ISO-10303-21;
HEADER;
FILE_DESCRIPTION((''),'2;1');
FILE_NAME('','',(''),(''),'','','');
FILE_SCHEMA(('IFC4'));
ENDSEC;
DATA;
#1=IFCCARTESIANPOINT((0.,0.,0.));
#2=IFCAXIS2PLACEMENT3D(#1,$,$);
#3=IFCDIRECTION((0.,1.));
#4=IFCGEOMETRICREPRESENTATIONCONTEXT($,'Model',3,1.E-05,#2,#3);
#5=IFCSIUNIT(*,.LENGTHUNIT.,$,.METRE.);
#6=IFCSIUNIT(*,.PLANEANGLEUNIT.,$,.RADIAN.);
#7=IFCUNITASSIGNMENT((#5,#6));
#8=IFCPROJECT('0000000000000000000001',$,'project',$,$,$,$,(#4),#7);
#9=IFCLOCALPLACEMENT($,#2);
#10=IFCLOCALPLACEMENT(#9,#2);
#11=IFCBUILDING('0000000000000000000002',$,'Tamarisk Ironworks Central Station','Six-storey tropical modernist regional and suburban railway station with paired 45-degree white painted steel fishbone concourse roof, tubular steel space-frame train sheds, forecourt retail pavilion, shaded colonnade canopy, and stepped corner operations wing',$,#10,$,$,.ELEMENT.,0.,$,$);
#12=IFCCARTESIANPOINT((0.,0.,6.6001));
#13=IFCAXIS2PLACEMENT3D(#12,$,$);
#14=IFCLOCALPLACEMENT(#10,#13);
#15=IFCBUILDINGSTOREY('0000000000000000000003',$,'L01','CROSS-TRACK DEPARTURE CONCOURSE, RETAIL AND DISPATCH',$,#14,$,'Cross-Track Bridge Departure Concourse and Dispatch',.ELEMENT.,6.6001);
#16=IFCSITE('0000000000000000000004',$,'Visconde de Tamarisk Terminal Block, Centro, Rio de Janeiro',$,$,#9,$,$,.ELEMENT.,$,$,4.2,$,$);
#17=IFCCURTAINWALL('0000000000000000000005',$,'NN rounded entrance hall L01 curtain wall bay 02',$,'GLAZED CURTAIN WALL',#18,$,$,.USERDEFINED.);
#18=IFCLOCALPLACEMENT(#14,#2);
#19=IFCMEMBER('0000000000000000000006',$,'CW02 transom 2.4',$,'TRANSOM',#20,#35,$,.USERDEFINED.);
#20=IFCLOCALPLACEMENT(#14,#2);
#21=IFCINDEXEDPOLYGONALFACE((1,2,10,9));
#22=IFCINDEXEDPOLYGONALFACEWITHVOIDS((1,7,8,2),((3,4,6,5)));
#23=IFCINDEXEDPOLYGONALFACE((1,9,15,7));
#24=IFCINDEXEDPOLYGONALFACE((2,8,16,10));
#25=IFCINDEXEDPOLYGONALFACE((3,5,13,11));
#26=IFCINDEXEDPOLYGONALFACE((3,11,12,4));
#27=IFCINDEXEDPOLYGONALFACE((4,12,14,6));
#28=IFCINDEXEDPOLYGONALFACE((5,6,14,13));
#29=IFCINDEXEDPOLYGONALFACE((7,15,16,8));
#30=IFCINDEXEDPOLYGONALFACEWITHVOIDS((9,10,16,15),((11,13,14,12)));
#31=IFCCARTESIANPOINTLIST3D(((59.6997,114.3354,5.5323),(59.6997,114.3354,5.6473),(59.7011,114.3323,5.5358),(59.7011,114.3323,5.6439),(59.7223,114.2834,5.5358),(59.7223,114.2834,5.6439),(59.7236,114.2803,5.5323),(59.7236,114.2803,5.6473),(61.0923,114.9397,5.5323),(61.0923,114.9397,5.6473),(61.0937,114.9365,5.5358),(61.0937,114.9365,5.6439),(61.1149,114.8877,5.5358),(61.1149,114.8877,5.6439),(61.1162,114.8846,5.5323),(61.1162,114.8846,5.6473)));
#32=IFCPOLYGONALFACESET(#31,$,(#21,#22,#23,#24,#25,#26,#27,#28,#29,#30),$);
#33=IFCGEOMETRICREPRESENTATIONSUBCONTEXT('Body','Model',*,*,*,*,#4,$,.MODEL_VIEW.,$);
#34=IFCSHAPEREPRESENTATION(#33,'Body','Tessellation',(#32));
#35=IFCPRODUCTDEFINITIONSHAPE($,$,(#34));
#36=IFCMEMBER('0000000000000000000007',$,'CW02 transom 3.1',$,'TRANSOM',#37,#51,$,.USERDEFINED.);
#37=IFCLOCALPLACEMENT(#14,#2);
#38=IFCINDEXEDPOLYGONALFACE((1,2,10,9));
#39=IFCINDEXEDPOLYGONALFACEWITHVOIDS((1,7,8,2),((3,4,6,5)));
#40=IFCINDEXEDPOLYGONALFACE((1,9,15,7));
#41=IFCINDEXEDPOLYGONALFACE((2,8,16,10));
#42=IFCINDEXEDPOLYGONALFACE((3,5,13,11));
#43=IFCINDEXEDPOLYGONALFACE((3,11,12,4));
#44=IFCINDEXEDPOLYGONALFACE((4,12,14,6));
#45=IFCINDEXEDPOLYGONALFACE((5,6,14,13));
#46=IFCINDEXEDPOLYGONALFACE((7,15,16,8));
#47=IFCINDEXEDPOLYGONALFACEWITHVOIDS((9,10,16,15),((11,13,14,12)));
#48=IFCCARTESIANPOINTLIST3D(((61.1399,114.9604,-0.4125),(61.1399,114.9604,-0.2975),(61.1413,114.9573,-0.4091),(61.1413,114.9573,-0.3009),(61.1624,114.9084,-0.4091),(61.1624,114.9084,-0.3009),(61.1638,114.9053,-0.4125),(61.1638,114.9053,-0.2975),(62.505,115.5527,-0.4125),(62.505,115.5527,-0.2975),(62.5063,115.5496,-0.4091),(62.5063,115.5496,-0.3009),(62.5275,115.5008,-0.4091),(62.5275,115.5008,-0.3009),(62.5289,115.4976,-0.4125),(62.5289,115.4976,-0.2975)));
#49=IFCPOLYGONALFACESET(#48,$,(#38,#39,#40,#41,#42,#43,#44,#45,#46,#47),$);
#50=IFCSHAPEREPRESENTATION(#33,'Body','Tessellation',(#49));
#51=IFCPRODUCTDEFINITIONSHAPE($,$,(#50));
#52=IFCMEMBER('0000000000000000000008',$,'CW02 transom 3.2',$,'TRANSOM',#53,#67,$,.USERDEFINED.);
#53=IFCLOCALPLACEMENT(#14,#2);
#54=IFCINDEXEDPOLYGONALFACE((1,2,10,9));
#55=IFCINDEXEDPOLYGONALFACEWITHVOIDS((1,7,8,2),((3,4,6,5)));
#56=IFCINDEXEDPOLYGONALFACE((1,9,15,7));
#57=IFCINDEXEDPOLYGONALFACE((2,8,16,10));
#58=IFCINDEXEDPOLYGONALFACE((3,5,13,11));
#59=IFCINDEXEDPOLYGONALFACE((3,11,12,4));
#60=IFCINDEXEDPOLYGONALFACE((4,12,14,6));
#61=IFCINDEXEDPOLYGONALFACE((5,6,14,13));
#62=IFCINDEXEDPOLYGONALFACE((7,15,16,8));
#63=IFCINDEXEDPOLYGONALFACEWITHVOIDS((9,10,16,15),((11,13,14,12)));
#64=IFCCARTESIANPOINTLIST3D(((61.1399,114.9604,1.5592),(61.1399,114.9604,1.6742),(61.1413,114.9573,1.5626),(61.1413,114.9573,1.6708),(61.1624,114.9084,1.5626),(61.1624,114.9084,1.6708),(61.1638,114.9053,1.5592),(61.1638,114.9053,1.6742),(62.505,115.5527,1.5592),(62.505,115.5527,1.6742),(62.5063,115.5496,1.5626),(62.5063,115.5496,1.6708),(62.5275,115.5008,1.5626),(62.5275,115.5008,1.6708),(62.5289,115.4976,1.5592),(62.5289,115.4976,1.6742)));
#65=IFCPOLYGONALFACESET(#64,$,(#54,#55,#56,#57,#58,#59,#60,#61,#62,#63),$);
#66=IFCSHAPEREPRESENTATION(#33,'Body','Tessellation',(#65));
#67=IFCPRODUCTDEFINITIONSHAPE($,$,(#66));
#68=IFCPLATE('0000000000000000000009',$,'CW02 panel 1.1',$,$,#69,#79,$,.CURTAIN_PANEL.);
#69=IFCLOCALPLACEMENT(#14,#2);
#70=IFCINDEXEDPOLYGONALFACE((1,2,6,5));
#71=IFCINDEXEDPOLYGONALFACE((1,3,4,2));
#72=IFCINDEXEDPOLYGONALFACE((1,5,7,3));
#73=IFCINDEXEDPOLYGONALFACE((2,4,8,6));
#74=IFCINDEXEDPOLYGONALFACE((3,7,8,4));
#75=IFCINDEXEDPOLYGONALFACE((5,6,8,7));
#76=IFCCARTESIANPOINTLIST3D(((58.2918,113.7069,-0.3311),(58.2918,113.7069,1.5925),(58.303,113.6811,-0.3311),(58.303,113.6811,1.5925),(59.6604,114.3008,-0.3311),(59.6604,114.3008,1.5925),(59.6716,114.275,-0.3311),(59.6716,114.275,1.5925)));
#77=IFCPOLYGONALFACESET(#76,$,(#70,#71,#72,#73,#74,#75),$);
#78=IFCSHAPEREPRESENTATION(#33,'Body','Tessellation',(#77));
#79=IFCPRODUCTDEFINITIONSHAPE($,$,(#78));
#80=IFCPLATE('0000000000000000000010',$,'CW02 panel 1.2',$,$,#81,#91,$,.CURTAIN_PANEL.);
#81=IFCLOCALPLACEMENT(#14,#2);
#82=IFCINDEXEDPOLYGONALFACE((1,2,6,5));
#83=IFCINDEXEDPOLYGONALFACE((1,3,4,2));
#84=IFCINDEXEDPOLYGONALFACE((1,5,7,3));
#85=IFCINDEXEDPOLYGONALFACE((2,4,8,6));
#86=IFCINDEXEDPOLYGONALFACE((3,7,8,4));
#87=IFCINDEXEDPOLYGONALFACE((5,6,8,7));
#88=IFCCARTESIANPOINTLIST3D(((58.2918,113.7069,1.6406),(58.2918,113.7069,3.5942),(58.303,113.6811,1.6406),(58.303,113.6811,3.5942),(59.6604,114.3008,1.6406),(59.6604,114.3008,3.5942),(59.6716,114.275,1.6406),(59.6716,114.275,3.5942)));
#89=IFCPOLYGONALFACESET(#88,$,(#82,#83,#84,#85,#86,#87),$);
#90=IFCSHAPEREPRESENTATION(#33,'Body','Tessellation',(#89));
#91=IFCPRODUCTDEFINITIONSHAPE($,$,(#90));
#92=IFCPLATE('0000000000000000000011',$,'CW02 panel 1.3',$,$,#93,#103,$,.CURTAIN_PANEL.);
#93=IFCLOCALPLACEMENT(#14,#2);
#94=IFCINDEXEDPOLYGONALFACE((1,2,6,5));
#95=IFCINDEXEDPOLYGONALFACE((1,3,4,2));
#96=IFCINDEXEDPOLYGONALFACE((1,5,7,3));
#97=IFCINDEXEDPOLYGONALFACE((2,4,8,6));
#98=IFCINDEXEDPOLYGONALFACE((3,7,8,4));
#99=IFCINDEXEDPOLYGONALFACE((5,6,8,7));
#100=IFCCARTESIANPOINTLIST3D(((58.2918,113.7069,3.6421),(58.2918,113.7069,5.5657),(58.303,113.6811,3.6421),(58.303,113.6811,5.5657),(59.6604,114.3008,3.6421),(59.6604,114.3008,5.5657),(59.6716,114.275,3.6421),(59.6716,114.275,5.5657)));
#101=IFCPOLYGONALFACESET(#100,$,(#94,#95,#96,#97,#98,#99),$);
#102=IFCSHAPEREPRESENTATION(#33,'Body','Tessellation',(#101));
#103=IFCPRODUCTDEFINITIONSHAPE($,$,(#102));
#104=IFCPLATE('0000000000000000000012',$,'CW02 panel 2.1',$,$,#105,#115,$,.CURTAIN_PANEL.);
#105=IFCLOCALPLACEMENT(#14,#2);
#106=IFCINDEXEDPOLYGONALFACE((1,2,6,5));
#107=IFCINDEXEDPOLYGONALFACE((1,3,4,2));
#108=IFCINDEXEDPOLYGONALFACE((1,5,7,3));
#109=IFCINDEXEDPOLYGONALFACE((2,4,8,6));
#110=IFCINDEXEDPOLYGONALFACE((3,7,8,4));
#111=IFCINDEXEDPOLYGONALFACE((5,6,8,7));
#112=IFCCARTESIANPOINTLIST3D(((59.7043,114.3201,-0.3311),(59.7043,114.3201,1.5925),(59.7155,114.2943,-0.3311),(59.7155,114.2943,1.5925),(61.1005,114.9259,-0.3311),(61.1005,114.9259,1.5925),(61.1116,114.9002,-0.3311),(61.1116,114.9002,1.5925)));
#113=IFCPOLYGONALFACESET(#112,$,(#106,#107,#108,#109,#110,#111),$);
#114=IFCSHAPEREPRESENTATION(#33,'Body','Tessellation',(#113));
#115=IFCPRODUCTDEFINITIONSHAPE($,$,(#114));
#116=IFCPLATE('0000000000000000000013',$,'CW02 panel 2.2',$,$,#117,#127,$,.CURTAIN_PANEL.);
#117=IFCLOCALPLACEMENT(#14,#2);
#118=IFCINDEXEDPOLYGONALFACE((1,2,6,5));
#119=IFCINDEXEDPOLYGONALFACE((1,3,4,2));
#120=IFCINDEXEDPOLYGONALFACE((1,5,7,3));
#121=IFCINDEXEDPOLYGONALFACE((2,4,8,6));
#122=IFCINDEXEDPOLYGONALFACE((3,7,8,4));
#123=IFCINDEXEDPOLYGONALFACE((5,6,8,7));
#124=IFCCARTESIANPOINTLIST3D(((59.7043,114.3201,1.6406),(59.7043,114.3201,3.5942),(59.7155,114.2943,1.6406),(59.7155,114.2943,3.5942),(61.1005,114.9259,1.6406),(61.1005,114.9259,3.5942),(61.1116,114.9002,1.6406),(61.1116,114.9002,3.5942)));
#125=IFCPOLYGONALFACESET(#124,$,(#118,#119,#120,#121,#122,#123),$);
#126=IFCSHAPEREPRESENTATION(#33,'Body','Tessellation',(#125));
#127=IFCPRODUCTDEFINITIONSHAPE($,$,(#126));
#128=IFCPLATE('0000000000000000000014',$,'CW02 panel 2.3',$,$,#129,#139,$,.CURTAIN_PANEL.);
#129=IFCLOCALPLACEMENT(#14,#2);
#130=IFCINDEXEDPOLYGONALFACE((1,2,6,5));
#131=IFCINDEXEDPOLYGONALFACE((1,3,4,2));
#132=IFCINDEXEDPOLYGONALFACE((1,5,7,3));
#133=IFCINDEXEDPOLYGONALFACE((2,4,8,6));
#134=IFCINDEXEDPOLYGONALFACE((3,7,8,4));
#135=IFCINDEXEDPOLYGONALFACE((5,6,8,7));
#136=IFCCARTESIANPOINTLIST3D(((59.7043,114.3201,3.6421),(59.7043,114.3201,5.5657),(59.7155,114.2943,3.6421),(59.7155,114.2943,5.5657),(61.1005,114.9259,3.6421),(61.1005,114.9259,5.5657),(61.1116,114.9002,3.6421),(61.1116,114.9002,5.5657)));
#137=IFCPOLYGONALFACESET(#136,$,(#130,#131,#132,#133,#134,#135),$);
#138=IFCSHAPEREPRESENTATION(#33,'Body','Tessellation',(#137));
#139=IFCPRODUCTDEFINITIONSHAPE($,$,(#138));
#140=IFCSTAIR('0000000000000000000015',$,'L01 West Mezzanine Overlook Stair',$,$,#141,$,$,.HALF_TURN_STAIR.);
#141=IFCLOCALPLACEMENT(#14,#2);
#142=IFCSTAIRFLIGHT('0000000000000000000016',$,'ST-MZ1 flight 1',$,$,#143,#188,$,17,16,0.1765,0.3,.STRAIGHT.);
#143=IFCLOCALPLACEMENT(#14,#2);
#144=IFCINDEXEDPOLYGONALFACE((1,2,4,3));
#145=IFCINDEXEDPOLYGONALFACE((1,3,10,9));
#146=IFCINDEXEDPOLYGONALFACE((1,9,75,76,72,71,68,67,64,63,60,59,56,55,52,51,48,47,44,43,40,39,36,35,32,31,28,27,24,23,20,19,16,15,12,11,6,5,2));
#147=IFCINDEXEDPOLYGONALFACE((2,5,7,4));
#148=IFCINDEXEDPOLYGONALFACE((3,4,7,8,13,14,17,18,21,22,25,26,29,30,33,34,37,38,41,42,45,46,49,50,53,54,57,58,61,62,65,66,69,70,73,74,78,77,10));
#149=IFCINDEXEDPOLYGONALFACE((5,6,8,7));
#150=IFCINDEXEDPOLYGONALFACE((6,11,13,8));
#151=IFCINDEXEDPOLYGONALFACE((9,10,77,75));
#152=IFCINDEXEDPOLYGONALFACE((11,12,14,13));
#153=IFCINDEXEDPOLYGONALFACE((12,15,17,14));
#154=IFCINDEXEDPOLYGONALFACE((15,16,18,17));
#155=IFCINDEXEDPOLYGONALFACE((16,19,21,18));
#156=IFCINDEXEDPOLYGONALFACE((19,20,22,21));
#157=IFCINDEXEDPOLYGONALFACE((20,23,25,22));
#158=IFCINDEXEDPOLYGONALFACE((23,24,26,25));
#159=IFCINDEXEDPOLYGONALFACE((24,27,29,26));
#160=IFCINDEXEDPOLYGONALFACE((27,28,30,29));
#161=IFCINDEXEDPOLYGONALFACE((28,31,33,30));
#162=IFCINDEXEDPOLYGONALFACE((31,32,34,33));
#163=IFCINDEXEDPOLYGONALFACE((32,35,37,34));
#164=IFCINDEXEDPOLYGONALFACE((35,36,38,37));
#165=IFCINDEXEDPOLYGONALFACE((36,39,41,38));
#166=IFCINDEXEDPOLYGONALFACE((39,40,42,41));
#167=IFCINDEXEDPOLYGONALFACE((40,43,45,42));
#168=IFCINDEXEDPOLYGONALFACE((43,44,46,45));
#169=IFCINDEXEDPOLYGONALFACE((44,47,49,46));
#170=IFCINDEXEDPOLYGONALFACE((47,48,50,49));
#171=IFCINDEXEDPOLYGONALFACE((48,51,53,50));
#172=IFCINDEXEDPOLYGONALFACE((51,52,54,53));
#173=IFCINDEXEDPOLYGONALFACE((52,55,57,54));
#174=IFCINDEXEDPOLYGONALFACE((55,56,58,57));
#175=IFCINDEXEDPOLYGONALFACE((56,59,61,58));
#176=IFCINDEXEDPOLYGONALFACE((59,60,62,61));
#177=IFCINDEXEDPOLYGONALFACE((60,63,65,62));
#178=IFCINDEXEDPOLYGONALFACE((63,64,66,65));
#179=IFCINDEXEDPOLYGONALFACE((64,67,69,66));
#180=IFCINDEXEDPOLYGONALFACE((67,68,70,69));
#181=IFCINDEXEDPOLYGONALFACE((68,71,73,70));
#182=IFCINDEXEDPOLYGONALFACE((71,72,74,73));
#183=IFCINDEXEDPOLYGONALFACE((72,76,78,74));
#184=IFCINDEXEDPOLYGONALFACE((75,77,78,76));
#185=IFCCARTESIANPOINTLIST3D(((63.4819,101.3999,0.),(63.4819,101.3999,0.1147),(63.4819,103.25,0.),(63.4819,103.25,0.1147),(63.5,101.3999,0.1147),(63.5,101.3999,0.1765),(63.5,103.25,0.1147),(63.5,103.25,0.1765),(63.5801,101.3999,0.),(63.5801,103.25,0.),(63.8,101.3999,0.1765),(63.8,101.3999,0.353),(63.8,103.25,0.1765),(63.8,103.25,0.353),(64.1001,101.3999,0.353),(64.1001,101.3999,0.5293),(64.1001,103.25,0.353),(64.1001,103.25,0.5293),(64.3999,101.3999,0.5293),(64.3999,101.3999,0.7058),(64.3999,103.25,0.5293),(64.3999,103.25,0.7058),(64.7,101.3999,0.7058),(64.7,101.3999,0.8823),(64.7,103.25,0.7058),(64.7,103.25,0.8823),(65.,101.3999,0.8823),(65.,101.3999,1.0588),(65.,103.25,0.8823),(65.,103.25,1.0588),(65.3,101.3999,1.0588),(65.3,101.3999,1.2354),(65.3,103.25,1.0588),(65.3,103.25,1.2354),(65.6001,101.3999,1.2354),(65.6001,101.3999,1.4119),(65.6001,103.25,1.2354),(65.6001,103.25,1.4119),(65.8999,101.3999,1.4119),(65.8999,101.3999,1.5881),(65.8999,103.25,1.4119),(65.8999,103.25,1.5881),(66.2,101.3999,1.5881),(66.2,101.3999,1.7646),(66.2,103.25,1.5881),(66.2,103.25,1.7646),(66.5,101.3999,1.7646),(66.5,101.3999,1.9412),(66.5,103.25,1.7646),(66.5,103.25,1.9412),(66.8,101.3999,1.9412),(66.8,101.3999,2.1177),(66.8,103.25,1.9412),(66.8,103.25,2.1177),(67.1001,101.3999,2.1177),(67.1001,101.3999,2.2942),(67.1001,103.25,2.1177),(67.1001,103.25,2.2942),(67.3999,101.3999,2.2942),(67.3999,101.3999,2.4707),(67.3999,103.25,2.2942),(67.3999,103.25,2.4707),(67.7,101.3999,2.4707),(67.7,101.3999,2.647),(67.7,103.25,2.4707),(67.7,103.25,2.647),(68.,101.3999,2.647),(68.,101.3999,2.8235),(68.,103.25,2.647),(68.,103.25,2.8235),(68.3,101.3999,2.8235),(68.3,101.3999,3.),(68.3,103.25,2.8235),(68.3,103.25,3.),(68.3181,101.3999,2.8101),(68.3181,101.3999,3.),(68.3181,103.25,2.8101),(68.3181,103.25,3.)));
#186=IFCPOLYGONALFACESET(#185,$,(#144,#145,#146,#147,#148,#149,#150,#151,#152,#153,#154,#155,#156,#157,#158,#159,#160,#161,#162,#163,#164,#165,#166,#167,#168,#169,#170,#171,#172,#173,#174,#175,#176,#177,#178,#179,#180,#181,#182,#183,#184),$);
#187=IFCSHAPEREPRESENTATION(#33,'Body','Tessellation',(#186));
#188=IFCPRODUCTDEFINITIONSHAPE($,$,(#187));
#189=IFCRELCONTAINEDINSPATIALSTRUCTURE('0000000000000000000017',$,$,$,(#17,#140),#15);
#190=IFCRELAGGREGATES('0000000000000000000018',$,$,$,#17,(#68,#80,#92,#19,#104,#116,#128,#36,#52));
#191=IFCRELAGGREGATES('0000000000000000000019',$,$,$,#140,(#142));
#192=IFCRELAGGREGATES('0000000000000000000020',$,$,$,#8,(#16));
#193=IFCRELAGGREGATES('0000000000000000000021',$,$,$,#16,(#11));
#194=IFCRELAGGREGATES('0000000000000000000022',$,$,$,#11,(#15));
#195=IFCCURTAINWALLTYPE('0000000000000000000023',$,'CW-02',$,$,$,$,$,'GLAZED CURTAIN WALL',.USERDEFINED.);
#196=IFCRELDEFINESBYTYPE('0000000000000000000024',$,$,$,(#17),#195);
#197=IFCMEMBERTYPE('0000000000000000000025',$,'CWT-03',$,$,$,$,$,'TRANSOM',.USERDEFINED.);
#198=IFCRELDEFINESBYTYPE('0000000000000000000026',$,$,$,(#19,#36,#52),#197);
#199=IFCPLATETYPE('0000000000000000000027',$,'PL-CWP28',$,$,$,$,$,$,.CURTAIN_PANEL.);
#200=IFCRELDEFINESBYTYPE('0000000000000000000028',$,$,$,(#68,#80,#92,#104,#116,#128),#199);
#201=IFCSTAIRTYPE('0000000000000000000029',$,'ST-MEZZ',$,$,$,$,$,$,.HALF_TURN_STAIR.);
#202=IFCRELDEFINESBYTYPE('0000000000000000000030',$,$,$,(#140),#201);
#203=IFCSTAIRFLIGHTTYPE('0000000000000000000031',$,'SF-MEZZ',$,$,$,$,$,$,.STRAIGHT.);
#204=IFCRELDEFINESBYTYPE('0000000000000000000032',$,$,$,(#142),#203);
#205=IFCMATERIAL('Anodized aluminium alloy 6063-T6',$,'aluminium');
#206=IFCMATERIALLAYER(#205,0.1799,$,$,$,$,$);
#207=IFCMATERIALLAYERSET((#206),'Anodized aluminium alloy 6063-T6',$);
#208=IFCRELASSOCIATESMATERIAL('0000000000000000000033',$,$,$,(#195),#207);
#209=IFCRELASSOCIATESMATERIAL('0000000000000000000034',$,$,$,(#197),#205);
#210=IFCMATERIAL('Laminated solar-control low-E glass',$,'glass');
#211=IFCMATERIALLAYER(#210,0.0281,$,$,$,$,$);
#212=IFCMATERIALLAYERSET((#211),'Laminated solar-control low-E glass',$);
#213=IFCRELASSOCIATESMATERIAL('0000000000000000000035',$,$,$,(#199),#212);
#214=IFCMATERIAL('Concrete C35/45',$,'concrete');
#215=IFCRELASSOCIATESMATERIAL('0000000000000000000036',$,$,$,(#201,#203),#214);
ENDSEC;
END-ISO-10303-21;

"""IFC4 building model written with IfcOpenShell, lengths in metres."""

from ifc_helpers import new_model, si_unit, direction, frame, origin, origin_2d, place, context, subcontext, project, spatial, polyline, rectangle, hollow_rectangle, outline, extrude, material, layer, layer_set, material_profile, profile_set, type_object, element, aggregate, save


model = new_model("IFC4")

# Units and contexts
model_context = context("Model", 3, precision=1e-05, world=origin(), true_north=direction((0.0, 1.0)))
body_context = subcontext(model_context, "Body", "Model", "MODEL_VIEW")
ifc_project = project(units=[si_unit("LENGTHUNIT", "METRE"), si_unit("PLANEANGLEUNIT", "RADIAN")], contexts=[model_context])

# Site, building, storey
site_placement = place(None, origin())
site = spatial("IfcSite", under=ifc_project, at=site_placement, Name="Visconde de Tamarisk Terminal Block, Centro, Rio de Janeiro", CompositionType="ELEMENT", RefElevation=4.2)
building_placement = place(site_placement, origin())
building = spatial("IfcBuilding", under=site, at=building_placement, Name="Tamarisk Ironworks Central Station", Description="Six-storey tropical modernist regional and suburban railway station with paired 45-degree white painted steel fishbone concourse roof, tubular steel space-frame train sheds, forecourt retail pavilion, shaded colonnade canopy, and stepped corner operations wing", CompositionType="ELEMENT", ElevationOfRefHeight=0.0)
storey_placement = place(building_placement, frame((0.0, 0.0, 6.6001)))
storey = spatial("IfcBuildingStorey", under=building, at=storey_placement, Name="L01", Description="CROSS-TRACK DEPARTURE CONCOURSE, RETAIL AND DISPATCH", LongName="Cross-Track Bridge Departure Concourse and Dispatch", CompositionType="ELEMENT", Elevation=6.6001)

# Shared definitions
ifc_material_1 = material(Name="Anodized aluminium alloy 6063-T6", Category="aluminium")
ifc_layer_1 = layer(ifc_material_1, 0.1799)
ifc_layer_set_1 = layer_set([ifc_layer_1], Name="Anodized aluminium alloy 6063-T6")
curtain_wall_type = type_object("IfcCurtainWallType", Name="CW-02", ElementType="GLAZED CURTAIN WALL", PredefinedType="USERDEFINED", material=ifc_layer_set_1)

# Curtain wall, members, plates
curtain_wall_1_placement = place(storey_placement, origin())
curtain_wall_1 = element("IfcCurtainWall", 1, at=curtain_wall_1_placement, inside=storey, type_object=curtain_wall_type, Name="NN rounded entrance hall L01 curtain wall bay 02", ObjectType="GLAZED CURTAIN WALL", PredefinedType="USERDEFINED")
ifc_material_profile_1 = material_profile(ifc_material_1, hollow_rectangle(XDim=0.0601, YDim=0.115, WallThickness=0.0034, at=origin_2d()), Name="ALUM 115x60")
ifc_profile_set_1 = profile_set([ifc_material_profile_1], Name="Anodized aluminium alloy 6063-T6")
member_type_1 = type_object("IfcMemberType", Name="CWT-03", ElementType="TRANSOM", PredefinedType="USERDEFINED", material=ifc_profile_set_1)
member_1_placement = place(storey_placement, frame((59.7117, 114.3079, 5.5898), z_axis=(0.917364, 0.39805, 0.0), x_axis=(-0.39805, 0.917364, 0.0)))
member_1 = element("IfcMember", 2, at=member_1_placement, type_object=member_type_1, Name="CW02 transom 2.4", ObjectType="TRANSOM", PredefinedType="USERDEFINED", context=body_context, shape_type="SweptSolid", body=[
    extrude(hollow_rectangle(XDim=0.0601, YDim=0.115, WallThickness=0.0034, at=origin_2d()), origin(), (0.0, 0.0, 1.0), 1.5181),
])
member_2_placement = place(storey_placement, frame((61.1519, 114.9329, -0.355), z_axis=(0.917362, 0.398054, 0.0), x_axis=(-0.398054, 0.917362, 0.0)))
member_2 = element("IfcMember", 3, at=member_2_placement, type_object=member_type_1, Name="CW02 transom 3.1", ObjectType="TRANSOM", PredefinedType="USERDEFINED", context=body_context, shape_type="SweptSolid", body=[
    extrude(hollow_rectangle(XDim=0.0601, YDim=0.115, WallThickness=0.0034, at=origin_2d()), origin(), (0.0, 0.0, 1.0), 1.488),
])
member_3_placement = place(storey_placement, frame((61.1519, 114.9329, 1.6167), z_axis=(0.917362, 0.398054, 0.0), x_axis=(-0.398054, 0.917362, 0.0)))
member_3 = element("IfcMember", 4, at=member_3_placement, type_object=member_type_1, Name="CW02 transom 3.2", ObjectType="TRANSOM", PredefinedType="USERDEFINED", context=body_context, shape_type="SweptSolid", body=[
    extrude(hollow_rectangle(XDim=0.0601, YDim=0.115, WallThickness=0.0034, at=origin_2d()), origin(), (0.0, 0.0, 1.0), 1.488),
])
ifc_material_2 = material(Name="Laminated solar-control low-E glass", Category="glass")
ifc_layer_2 = layer(ifc_material_2, 0.0281)
ifc_layer_set_2 = layer_set([ifc_layer_2], Name="Laminated solar-control low-E glass")
plate_type = type_object("IfcPlateType", Name="PL-CWP28", PredefinedType="CURTAIN_PANEL", material=ifc_layer_set_2)
plate_1_placement = place(storey_placement, frame((58.9817, 113.991, -0.3311), z_axis=(0.0, 0.0, 1.0), x_axis=(0.917352, 0.398077, 0.0)))
plate_1 = element("IfcPlate", 5, at=plate_1_placement, type_object=plate_type, Name="CW02 panel 1.1", PredefinedType="CURTAIN_PANEL", context=body_context, shape_type="SweptSolid", body=[
    extrude(rectangle(XDim=1.4919, YDim=0.0281, at=origin_2d()), origin(), (0.0, 0.0, 1.0), 1.9236),
])
plate_2_placement = place(storey_placement, frame((58.9817, 113.991, 1.6406), z_axis=(0.0, 0.0, 1.0), x_axis=(0.917352, 0.398077, 0.0)))
plate_2 = element("IfcPlate", 6, at=plate_2_placement, type_object=plate_type, Name="CW02 panel 1.2", PredefinedType="CURTAIN_PANEL", context=body_context, shape_type="SweptSolid", body=[
    extrude(rectangle(XDim=1.4919, YDim=0.0281, at=origin_2d()), origin(), (0.0, 0.0, 1.0), 1.9536),
])
plate_3_placement = place(storey_placement, frame((58.9817, 113.991, 3.6421), z_axis=(0.0, 0.0, 1.0), x_axis=(0.917352, 0.398077, 0.0)))
plate_3 = element("IfcPlate", 7, at=plate_3_placement, type_object=plate_type, Name="CW02 panel 1.3", PredefinedType="CURTAIN_PANEL", context=body_context, shape_type="SweptSolid", body=[
    extrude(rectangle(XDim=1.4919, YDim=0.0281, at=origin_2d()), origin(), (0.0, 0.0, 1.0), 1.9236),
])
plate_4_placement = place(storey_placement, frame((60.408, 114.6101, -0.3311), z_axis=(0.0, 0.0, 1.0), x_axis=(0.917352, 0.398077, 0.0)))
plate_4 = element("IfcPlate", 8, at=plate_4_placement, type_object=plate_type, Name="CW02 panel 2.1", PredefinedType="CURTAIN_PANEL", context=body_context, shape_type="SweptSolid", body=[
    extrude(rectangle(XDim=1.522, YDim=0.0281, at=origin_2d()), origin(), (0.0, 0.0, 1.0), 1.9236),
])
plate_5_placement = place(storey_placement, frame((60.408, 114.6101, 1.6406), z_axis=(0.0, 0.0, 1.0), x_axis=(0.917352, 0.398077, 0.0)))
plate_5 = element("IfcPlate", 9, at=plate_5_placement, type_object=plate_type, Name="CW02 panel 2.2", PredefinedType="CURTAIN_PANEL", context=body_context, shape_type="SweptSolid", body=[
    extrude(rectangle(XDim=1.522, YDim=0.0281, at=origin_2d()), origin(), (0.0, 0.0, 1.0), 1.9536),
])
plate_6_placement = place(storey_placement, frame((60.408, 114.6101, 3.6421), z_axis=(0.0, 0.0, 1.0), x_axis=(0.917352, 0.398077, 0.0)))
plate_6 = element("IfcPlate", 10, at=plate_6_placement, type_object=plate_type, Name="CW02 panel 2.3", PredefinedType="CURTAIN_PANEL", context=body_context, shape_type="SweptSolid", body=[
    extrude(rectangle(XDim=1.522, YDim=0.0281, at=origin_2d()), origin(), (0.0, 0.0, 1.0), 1.9236),
])
aggregate(curtain_wall_1, [plate_1, plate_2, plate_3, member_1, plate_4, plate_5, plate_6, member_2, member_3])

# Stair, stair flight
ifc_material_3 = material(Name="Concrete C35/45", Category="concrete")
stair_type = type_object("IfcStairType", Name="ST-MEZZ", PredefinedType="HALF_TURN_STAIR", material=ifc_material_3)
stair_placement = place(storey_placement, origin())
stair = element("IfcStair", 11, at=stair_placement, inside=storey, type_object=stair_type, Name="L01 West Mezzanine Overlook Stair", PredefinedType="HALF_TURN_STAIR")
stair_flight_type = type_object("IfcStairFlightType", Name="SF-MEZZ", PredefinedType="STRAIGHT", material=ifc_material_3)
stair_flight_placement = place(storey_placement, frame((63.5, 102.325, 0.0), z_axis=(0.0, 0.0, 1.0), x_axis=(1.0, 0.0, 0.0)))
stair_flight = element("IfcStairFlight", 12, at=stair_flight_placement, type_object=stair_flight_type, Name="ST-MZ1 flight 1", NumberOfRisers=17, NumberOfTreads=16, PredefinedType="STRAIGHT", RiserHeight=0.1765, TreadLength=0.3, context=body_context, shape_type="SweptSolid", body=[
    extrude(outline(polyline([(-0.0181, 0.0), (-0.0181, 0.1147), (0.0, 0.1147), (0.0, 0.1765), (0.3, 0.1765), (0.3, 0.353), (0.6001, 0.353), (0.6001, 0.5293), (0.8999, 0.5293), (0.8999, 0.7058), (1.2, 0.7058), (1.2, 0.8823), (1.5, 0.8823), (1.5, 1.0588), (1.8, 1.0588), (1.8, 1.2354), (2.1001, 1.2354), (2.1001, 1.4119), (2.3999, 1.4119), (2.3999, 1.5881), (2.7, 1.5881), (2.7, 1.7646), (3.0, 1.7646), (3.0, 1.9412), (3.3, 1.9412), (3.3, 2.1177), (3.6001, 2.1177), (3.6001, 2.2942), (3.8999, 2.2942), (3.8999, 2.4707), (4.2, 2.4707), (4.2, 2.647), (4.5, 2.647), (4.5, 2.8235), (4.8, 2.8235), (4.8, 3.0), (4.8181, 3.0), (4.8181, 2.8101), (0.0801, 0.0), (-0.0181, 0.0)])), frame((0.0, 0.925, 0.0), z_axis=(0.0, -1.0, 0.0), x_axis=(1.0, 0.0, 0.0)), (0.0, 0.0, 1.0), 1.8501),
])
aggregate(stair, [stair_flight])

save(model, "model.ifc")
